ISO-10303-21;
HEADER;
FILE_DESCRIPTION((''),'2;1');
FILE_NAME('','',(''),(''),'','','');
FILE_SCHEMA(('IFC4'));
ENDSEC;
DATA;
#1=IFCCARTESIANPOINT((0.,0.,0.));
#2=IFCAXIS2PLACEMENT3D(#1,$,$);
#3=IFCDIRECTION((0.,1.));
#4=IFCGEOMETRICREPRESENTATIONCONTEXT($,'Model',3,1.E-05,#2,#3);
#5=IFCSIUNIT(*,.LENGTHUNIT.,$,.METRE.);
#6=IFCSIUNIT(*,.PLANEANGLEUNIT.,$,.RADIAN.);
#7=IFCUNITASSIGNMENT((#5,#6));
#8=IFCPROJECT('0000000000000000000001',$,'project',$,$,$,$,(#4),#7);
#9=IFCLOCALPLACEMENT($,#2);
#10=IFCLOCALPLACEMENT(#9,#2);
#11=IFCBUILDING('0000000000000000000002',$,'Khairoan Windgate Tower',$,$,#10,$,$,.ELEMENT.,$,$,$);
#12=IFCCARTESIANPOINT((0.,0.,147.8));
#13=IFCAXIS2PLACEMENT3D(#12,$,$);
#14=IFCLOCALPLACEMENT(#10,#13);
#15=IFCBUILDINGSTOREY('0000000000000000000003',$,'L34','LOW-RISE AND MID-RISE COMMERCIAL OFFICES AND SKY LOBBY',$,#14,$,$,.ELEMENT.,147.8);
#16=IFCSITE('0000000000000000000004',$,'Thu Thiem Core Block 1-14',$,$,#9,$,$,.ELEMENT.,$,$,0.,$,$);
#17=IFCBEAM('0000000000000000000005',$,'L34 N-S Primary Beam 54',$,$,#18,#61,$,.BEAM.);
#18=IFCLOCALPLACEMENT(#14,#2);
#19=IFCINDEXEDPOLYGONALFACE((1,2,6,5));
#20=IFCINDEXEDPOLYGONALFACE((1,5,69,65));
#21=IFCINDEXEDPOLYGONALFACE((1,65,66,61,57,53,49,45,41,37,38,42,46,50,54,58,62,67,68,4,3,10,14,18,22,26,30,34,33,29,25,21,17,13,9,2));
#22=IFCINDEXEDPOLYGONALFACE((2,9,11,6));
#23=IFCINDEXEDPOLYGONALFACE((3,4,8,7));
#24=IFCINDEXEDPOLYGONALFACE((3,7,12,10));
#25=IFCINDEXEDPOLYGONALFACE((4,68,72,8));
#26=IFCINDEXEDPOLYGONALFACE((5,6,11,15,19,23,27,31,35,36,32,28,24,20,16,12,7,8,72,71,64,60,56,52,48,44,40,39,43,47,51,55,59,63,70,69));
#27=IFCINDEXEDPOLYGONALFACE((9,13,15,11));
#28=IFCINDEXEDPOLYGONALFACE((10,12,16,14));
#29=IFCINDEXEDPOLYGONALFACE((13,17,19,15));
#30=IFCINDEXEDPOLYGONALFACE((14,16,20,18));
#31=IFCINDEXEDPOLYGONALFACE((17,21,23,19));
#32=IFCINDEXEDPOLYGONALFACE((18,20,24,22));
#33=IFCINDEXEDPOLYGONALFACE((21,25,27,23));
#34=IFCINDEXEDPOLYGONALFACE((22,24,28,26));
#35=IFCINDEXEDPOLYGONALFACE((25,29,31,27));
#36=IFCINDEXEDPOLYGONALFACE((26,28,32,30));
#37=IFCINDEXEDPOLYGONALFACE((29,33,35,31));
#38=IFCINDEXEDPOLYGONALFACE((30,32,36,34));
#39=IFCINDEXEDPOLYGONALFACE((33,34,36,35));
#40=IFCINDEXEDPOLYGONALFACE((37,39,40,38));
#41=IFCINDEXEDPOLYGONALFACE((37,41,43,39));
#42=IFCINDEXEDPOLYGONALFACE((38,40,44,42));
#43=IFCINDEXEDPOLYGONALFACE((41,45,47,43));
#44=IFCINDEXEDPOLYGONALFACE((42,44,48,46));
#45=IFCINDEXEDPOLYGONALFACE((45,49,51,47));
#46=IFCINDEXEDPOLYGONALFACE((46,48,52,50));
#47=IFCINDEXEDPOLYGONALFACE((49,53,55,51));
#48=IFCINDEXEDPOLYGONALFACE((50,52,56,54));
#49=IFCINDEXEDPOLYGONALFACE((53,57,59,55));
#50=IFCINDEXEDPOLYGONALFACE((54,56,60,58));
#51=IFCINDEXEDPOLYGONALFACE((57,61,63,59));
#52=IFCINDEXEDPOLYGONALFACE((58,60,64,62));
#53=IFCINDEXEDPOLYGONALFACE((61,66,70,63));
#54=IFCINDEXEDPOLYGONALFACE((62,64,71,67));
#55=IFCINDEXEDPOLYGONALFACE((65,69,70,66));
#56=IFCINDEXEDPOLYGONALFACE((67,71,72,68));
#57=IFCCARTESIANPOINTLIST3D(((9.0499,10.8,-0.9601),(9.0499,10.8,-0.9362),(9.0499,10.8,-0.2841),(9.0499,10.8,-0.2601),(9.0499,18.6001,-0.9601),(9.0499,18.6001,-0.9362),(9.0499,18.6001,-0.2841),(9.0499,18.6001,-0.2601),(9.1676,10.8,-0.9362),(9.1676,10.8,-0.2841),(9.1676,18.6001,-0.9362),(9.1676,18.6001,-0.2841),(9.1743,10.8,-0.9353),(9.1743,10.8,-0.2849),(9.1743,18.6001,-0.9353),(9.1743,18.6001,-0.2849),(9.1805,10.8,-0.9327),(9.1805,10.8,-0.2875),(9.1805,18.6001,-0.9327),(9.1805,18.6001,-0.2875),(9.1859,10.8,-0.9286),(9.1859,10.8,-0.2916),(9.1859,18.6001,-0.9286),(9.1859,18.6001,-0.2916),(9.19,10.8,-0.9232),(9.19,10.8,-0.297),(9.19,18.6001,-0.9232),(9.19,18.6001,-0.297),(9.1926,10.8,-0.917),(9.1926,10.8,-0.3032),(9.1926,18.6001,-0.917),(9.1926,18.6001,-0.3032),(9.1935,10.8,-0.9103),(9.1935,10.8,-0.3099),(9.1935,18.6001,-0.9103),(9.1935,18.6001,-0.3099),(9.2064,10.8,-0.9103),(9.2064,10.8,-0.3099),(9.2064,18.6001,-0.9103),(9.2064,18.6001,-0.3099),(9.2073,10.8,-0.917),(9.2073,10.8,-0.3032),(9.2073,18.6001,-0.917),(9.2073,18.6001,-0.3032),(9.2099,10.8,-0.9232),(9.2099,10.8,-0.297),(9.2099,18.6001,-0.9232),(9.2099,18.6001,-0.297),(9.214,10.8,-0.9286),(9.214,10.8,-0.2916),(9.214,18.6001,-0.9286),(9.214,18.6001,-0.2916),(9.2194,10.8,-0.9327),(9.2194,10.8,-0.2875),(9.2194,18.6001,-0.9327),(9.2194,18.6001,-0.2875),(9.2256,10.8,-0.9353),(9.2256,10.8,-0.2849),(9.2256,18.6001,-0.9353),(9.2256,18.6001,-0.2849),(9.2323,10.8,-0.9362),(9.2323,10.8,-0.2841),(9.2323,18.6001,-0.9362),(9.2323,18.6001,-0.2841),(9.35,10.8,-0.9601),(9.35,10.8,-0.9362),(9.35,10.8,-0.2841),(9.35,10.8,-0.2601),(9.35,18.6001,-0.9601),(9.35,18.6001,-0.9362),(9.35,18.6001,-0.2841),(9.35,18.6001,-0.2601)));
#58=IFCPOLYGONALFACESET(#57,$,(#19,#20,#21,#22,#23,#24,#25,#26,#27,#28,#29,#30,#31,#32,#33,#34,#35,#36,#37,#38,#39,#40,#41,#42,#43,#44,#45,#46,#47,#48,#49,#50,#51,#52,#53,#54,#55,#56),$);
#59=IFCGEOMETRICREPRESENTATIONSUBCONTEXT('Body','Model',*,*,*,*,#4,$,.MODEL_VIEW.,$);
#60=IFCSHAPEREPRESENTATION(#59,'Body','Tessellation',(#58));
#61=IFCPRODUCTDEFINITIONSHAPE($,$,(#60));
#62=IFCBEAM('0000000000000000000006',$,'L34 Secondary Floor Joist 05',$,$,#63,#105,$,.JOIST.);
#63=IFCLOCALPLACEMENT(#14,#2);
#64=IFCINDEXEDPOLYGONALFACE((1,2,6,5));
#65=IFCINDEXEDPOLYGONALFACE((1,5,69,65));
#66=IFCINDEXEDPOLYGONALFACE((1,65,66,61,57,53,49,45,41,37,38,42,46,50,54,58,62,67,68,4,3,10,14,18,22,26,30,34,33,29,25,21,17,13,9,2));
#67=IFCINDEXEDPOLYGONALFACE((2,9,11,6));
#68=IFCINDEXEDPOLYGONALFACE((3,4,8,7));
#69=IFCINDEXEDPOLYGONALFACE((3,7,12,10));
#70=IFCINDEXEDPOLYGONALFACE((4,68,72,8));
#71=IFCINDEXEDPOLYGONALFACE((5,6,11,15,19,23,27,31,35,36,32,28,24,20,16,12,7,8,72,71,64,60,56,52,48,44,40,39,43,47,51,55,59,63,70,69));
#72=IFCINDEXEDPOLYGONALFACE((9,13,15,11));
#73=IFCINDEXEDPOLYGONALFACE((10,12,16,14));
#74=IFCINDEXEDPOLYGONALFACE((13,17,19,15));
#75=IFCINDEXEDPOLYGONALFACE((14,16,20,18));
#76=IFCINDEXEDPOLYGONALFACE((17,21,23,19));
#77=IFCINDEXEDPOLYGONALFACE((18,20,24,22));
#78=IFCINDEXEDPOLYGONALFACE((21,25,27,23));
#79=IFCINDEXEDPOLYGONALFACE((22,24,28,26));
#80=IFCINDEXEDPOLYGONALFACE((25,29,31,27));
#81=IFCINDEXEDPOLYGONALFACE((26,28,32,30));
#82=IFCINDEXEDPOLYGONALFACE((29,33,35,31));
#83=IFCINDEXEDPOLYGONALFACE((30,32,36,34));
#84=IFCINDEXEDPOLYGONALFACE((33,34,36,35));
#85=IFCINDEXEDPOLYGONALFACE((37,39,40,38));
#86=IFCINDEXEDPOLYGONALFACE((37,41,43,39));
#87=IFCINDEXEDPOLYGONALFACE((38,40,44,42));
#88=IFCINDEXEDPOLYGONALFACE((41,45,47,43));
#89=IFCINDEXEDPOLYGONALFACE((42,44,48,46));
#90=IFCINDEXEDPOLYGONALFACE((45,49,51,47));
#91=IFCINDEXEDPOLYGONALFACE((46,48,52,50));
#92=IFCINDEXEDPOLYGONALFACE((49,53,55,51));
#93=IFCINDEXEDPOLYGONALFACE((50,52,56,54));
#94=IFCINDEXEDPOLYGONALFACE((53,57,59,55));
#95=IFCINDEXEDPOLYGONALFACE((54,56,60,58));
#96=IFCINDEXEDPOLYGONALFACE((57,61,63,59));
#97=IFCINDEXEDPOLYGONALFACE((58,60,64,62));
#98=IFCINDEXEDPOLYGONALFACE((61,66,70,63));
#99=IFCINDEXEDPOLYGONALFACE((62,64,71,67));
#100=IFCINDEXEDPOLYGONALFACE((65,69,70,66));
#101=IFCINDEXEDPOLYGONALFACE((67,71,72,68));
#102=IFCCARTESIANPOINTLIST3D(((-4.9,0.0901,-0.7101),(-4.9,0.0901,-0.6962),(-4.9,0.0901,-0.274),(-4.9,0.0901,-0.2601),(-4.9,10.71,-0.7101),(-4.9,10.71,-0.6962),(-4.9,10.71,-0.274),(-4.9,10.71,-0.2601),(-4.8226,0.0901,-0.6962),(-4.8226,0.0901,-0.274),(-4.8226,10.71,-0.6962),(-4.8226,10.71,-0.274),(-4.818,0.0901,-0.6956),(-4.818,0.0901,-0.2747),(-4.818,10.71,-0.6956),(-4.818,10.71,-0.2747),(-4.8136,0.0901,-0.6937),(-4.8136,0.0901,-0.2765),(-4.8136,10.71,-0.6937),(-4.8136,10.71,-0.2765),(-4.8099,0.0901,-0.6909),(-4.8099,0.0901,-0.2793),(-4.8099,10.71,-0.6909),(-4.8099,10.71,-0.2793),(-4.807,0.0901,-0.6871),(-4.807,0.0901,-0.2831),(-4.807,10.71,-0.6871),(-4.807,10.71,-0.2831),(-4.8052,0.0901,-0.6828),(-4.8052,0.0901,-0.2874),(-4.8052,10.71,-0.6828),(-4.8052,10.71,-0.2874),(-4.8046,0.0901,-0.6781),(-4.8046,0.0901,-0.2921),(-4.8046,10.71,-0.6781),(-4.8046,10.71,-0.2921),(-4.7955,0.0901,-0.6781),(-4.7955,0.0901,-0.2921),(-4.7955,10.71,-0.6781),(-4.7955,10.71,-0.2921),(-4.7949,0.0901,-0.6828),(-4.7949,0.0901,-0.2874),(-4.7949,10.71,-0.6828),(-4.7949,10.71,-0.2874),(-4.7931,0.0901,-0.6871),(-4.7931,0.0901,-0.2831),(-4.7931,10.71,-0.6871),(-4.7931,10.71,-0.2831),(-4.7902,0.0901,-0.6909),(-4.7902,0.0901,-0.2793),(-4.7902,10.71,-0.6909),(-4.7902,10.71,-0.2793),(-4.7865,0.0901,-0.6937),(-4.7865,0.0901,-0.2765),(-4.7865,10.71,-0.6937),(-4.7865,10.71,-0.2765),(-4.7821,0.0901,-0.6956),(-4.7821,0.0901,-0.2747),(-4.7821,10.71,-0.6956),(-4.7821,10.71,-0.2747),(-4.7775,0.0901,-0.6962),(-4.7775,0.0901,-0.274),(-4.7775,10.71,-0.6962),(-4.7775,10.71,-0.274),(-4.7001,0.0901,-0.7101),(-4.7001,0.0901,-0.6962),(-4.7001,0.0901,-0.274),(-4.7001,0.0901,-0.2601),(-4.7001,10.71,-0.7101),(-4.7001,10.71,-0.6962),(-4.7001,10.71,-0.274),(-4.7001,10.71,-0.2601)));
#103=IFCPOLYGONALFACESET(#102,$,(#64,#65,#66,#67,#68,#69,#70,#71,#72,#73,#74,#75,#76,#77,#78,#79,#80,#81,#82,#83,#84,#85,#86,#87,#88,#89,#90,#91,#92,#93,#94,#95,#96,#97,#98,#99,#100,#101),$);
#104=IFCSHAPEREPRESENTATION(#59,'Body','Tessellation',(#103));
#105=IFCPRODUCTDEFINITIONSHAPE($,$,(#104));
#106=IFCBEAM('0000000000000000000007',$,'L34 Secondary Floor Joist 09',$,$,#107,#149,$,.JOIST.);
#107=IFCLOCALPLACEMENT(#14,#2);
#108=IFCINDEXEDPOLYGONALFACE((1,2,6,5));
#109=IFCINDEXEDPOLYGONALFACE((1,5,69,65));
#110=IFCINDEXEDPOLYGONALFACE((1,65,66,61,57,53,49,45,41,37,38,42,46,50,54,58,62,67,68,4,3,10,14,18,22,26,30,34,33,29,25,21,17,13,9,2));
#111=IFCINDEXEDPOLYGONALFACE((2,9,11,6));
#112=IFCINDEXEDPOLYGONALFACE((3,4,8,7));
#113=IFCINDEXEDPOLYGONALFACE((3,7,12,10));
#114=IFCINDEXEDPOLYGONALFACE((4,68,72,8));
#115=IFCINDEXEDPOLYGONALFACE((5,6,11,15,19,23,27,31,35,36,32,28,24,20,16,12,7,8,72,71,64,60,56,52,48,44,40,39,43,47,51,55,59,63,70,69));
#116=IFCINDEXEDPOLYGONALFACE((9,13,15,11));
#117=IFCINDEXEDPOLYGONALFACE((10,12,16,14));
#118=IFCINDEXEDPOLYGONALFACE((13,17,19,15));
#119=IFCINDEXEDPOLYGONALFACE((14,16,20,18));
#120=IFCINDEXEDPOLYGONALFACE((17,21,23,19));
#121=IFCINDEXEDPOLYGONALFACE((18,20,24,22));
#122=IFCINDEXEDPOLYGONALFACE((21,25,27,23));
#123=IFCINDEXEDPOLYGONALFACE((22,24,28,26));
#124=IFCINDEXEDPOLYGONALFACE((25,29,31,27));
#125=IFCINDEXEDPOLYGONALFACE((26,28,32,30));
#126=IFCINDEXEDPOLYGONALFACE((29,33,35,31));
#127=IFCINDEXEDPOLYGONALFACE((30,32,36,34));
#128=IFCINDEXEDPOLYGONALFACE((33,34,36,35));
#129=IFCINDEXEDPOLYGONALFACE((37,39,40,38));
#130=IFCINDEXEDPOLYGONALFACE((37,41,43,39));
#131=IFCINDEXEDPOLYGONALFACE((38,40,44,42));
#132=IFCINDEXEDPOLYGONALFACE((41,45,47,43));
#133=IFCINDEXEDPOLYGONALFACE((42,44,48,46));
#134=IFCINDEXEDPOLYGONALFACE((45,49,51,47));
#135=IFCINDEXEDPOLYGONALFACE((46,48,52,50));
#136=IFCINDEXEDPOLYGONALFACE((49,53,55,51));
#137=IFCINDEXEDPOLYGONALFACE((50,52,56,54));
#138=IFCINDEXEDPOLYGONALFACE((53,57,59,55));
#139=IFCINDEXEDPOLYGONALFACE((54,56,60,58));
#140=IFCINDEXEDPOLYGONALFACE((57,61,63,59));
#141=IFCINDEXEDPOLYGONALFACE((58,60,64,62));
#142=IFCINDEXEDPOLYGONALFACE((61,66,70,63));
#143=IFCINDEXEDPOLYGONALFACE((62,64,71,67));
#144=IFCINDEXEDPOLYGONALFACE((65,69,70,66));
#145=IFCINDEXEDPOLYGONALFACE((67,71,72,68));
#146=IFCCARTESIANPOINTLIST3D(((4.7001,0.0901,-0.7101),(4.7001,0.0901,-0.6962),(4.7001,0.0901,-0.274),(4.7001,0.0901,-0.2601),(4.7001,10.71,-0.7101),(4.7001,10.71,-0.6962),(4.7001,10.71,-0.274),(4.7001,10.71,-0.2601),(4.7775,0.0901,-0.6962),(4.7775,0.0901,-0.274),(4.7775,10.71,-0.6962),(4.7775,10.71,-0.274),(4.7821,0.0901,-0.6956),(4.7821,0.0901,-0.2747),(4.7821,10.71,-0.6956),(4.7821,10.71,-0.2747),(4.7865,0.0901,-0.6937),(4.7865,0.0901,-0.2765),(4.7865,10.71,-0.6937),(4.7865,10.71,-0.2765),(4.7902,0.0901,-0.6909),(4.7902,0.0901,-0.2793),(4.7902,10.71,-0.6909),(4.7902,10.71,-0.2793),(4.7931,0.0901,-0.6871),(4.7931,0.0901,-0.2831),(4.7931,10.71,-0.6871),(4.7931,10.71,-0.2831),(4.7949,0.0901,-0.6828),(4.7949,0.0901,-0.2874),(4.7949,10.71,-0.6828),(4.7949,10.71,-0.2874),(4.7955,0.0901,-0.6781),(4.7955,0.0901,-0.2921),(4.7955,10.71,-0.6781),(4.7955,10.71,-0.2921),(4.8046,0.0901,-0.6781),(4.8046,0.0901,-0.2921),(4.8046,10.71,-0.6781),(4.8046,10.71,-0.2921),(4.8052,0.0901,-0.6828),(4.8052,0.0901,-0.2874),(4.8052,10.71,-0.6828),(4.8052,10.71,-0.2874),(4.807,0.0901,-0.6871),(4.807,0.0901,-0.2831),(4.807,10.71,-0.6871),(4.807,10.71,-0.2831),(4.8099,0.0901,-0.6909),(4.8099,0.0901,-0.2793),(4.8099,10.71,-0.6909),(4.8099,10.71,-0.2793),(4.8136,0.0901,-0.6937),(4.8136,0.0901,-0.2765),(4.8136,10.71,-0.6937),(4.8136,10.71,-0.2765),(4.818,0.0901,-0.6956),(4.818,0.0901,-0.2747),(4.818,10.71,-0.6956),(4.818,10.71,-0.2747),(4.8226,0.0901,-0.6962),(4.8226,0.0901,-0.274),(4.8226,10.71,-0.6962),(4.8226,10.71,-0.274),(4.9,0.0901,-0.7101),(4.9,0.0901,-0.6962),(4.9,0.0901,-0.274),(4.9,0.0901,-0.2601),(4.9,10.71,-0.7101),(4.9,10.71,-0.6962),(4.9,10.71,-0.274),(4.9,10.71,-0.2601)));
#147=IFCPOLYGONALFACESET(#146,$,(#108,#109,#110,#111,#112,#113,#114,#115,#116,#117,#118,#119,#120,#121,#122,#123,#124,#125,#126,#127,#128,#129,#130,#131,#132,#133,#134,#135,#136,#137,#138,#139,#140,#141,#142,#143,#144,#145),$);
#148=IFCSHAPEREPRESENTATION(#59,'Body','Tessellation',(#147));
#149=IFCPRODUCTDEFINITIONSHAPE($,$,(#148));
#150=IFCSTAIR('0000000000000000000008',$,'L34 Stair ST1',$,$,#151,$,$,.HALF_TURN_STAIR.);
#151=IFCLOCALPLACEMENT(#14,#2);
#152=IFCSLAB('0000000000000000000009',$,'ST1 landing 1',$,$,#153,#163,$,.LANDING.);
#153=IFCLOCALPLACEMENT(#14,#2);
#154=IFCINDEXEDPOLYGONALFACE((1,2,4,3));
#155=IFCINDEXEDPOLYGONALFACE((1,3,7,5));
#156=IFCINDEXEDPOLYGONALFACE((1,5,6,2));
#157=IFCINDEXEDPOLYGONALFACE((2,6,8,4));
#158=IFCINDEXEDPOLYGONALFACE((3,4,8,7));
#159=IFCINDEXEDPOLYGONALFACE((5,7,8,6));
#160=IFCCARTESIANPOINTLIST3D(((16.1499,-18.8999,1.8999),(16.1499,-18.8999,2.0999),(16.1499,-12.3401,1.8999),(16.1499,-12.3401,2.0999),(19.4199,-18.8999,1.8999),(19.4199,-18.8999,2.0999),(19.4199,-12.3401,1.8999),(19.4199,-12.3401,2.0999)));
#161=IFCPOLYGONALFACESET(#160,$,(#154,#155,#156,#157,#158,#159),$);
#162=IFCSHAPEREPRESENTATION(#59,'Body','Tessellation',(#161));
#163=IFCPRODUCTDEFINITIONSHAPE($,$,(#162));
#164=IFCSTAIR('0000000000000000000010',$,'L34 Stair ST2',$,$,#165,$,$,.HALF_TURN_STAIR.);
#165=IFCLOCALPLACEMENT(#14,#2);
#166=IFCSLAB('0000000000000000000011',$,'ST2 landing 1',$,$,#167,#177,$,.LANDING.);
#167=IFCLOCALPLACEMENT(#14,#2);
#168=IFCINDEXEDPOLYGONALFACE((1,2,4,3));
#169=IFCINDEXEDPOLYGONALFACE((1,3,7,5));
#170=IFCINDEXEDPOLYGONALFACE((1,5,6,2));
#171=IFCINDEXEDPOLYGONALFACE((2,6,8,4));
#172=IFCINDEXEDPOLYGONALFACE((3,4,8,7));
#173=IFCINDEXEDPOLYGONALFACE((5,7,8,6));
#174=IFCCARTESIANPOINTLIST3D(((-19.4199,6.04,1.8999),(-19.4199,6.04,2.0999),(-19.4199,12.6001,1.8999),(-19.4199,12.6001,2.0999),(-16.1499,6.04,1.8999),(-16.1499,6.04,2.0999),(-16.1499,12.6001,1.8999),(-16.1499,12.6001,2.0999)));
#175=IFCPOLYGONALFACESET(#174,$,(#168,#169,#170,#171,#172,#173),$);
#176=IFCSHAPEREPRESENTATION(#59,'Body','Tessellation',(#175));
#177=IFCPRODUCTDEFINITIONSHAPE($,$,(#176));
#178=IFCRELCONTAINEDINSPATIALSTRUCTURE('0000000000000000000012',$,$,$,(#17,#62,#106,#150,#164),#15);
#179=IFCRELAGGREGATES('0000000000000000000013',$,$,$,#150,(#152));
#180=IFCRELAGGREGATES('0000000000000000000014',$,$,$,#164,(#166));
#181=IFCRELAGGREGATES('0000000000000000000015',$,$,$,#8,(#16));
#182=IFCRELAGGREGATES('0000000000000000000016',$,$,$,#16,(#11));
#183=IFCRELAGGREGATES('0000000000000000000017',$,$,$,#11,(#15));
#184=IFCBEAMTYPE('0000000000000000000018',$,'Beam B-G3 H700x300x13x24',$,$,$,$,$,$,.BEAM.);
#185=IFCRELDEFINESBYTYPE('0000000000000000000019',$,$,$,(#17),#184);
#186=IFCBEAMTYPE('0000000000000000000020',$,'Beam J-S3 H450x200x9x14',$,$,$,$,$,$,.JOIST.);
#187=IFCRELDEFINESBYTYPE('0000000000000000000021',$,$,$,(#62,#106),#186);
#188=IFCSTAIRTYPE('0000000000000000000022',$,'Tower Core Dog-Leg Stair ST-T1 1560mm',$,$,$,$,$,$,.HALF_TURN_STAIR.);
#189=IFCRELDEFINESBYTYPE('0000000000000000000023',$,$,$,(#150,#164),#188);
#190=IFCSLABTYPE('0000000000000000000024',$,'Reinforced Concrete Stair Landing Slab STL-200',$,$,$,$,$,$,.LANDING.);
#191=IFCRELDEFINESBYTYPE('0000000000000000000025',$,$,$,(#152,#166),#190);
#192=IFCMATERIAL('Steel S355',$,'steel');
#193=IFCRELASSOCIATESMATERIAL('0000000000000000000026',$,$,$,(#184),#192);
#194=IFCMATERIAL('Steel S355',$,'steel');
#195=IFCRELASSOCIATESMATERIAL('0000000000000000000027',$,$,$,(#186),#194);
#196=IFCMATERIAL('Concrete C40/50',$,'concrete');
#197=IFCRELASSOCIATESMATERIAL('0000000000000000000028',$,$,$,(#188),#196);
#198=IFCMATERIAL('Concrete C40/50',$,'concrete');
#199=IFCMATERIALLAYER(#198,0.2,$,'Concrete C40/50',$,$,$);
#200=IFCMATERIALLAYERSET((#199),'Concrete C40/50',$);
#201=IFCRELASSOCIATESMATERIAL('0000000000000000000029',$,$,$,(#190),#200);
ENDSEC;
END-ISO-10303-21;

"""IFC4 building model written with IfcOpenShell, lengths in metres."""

from ifc_helpers import new_model, si_unit, direction, frame, origin, origin_2d, place, context, subcontext, project, spatial, polyline, i_section, outline, extrude, material, layer, layer_set, material_profile, profile_set, type_object, element, aggregate, save


model = new_model("IFC4")

# Units and contexts
model_context = context("Model", 3, precision=1e-05, world=origin(), true_north=direction((0.0, 1.0)))
body_context = subcontext(model_context, "Body", "Model", "MODEL_VIEW")
ifc_project = project(units=[si_unit("LENGTHUNIT", "METRE"), si_unit("PLANEANGLEUNIT", "RADIAN")], contexts=[model_context])

# Site, building, storey
site_placement = place(None, origin())
site = spatial("IfcSite", under=ifc_project, at=site_placement, Name="Thu Thiem Core Block 1-14", CompositionType="ELEMENT", RefElevation=0.0)
building_placement = place(site_placement, origin())
building = spatial("IfcBuilding", under=site, at=building_placement, Name="Khairoan Windgate Tower", CompositionType="ELEMENT")
storey_placement = place(building_placement, frame((0.0, 0.0, 147.8)))
storey = spatial("IfcBuildingStorey", under=building, at=storey_placement, Name="L34", Description="LOW-RISE AND MID-RISE COMMERCIAL OFFICES AND SKY LOBBY", CompositionType="ELEMENT", Elevation=147.8)

# Beams
ifc_material_1 = material(Name="Steel S355", Category="steel")
ifc_material_profile_1 = material_profile(ifc_material_1, i_section(OverallWidth=0.3, OverallDepth=0.7, WebThickness=0.0129, FlangeThickness=0.0239, FilletRadius=0.0259, at=origin_2d()))
ifc_profile_set_1 = profile_set([ifc_material_profile_1], Name="Steel S355")
beam_type_1 = type_object("IfcBeamType", Name="Beam B-G3 H700x300x13x24", PredefinedType="BEAM", material=ifc_profile_set_1)
beam_1_placement = place(storey_placement, frame((9.2, 10.8, -0.6101), z_axis=(0.0, 1.0, 0.0), x_axis=(-1.0, 0.0, 0.0)))
element("IfcBeam", 1, at=beam_1_placement, inside=storey, type_object=beam_type_1, Name="L34 N-S Primary Beam 54", PredefinedType="BEAM", context=body_context, shape_type="SweptSolid", body=[
    extrude(i_section(OverallWidth=0.3, OverallDepth=0.7, WebThickness=0.0129, FlangeThickness=0.0239, FilletRadius=0.0259, at=origin_2d()), origin(), (0.0, 0.0, 1.0), 7.8),
])
ifc_material_2 = material(Name="Steel S355", Category="steel")
ifc_material_profile_2 = material_profile(ifc_material_2, i_section(OverallWidth=0.2, OverallDepth=0.45, WebThickness=0.009, FlangeThickness=0.0139, FilletRadius=0.0181, at=origin_2d()))
ifc_profile_set_2 = profile_set([ifc_material_profile_2], Name="Steel S355")
beam_type_2 = type_object("IfcBeamType", Name="Beam J-S3 H450x200x9x14", PredefinedType="JOIST", material=ifc_profile_set_2)
for number, where, z_axis, x_axis, name in (
    (2, (-4.8, 0.0901, -0.4851), (0.0, 1.0, 0.0), (-1.0, 0.0, 0.0), "L34 Secondary Floor Joist 05"),
    (3, (4.8, 0.0901, -0.4851), (0.0, 1.0, 0.0), (-1.0, 0.0, 0.0), "L34 Secondary Floor Joist 09"),
):
    element("IfcBeam", number, at=place(storey_placement, frame(where, z_axis=z_axis, x_axis=x_axis)), inside=storey, type_object=beam_type_2, Name=name, PredefinedType="JOIST", context=body_context, shape_type="SweptSolid", body=[
        extrude(i_section(OverallWidth=0.2, OverallDepth=0.45, WebThickness=0.009, FlangeThickness=0.0139, FilletRadius=0.0181, at=origin_2d()), origin(), (0.0, 0.0, 1.0), 10.6199),
    ])

# Stairs, slabs
ifc_material_3 = material(Name="Concrete C40/50", Category="concrete")
stair_type = type_object("IfcStairType", Name="Tower Core Dog-Leg Stair ST-T1 1560mm", PredefinedType="HALF_TURN_STAIR", material=ifc_material_3)
stair_1_placement = place(storey_placement, origin())
stair_1 = element("IfcStair", 4, at=stair_1_placement, inside=storey, type_object=stair_type, Name="L34 Stair ST1", PredefinedType="HALF_TURN_STAIR")
ifc_material_4 = material(Name="Concrete C40/50", Category="concrete")
ifc_layer_1 = layer(ifc_material_4, 0.2, Name="Concrete C40/50")
ifc_layer_set_1 = layer_set([ifc_layer_1], Name="Concrete C40/50")
slab_type_1 = type_object("IfcSlabType", Name="Reinforced Concrete Stair Landing Slab STL-200", PredefinedType="LANDING", material=ifc_layer_set_1)
slab_1_placement = place(storey_placement, frame((0.0, 0.0, 1.8999)))
slab_1 = element("IfcSlab", 5, at=slab_1_placement, type_object=slab_type_1, Name="ST1 landing 1", PredefinedType="LANDING", context=body_context, shape_type="SweptSolid", body=[
    extrude(outline(polyline([(16.1499, -12.3401), (16.1499, -18.8999), (19.4199, -18.8999), (19.4199, -12.3401), (16.1499, -12.3401)])), origin(), (0.0, 0.0, 1.0), 0.2),
])
aggregate(stair_1, [slab_1])
stair_2_placement = place(storey_placement, origin())
stair_2 = element("IfcStair", 6, at=stair_2_placement, inside=storey, type_object=stair_type, Name="L34 Stair ST2", PredefinedType="HALF_TURN_STAIR")
slab_2_placement = place(storey_placement, frame((0.0, 0.0, 1.8999)))
slab_2 = element("IfcSlab", 7, at=slab_2_placement, type_object=slab_type_1, Name="ST2 landing 1", PredefinedType="LANDING", context=body_context, shape_type="SweptSolid", body=[
    extrude(outline(polyline([(-16.1499, 6.04), (-16.1499, 12.6001), (-19.4199, 12.6001), (-19.4199, 6.04), (-16.1499, 6.04)])), origin(), (0.0, 0.0, 1.0), 0.2),
])
aggregate(stair_2, [slab_2])

save(model, "model.ifc")
